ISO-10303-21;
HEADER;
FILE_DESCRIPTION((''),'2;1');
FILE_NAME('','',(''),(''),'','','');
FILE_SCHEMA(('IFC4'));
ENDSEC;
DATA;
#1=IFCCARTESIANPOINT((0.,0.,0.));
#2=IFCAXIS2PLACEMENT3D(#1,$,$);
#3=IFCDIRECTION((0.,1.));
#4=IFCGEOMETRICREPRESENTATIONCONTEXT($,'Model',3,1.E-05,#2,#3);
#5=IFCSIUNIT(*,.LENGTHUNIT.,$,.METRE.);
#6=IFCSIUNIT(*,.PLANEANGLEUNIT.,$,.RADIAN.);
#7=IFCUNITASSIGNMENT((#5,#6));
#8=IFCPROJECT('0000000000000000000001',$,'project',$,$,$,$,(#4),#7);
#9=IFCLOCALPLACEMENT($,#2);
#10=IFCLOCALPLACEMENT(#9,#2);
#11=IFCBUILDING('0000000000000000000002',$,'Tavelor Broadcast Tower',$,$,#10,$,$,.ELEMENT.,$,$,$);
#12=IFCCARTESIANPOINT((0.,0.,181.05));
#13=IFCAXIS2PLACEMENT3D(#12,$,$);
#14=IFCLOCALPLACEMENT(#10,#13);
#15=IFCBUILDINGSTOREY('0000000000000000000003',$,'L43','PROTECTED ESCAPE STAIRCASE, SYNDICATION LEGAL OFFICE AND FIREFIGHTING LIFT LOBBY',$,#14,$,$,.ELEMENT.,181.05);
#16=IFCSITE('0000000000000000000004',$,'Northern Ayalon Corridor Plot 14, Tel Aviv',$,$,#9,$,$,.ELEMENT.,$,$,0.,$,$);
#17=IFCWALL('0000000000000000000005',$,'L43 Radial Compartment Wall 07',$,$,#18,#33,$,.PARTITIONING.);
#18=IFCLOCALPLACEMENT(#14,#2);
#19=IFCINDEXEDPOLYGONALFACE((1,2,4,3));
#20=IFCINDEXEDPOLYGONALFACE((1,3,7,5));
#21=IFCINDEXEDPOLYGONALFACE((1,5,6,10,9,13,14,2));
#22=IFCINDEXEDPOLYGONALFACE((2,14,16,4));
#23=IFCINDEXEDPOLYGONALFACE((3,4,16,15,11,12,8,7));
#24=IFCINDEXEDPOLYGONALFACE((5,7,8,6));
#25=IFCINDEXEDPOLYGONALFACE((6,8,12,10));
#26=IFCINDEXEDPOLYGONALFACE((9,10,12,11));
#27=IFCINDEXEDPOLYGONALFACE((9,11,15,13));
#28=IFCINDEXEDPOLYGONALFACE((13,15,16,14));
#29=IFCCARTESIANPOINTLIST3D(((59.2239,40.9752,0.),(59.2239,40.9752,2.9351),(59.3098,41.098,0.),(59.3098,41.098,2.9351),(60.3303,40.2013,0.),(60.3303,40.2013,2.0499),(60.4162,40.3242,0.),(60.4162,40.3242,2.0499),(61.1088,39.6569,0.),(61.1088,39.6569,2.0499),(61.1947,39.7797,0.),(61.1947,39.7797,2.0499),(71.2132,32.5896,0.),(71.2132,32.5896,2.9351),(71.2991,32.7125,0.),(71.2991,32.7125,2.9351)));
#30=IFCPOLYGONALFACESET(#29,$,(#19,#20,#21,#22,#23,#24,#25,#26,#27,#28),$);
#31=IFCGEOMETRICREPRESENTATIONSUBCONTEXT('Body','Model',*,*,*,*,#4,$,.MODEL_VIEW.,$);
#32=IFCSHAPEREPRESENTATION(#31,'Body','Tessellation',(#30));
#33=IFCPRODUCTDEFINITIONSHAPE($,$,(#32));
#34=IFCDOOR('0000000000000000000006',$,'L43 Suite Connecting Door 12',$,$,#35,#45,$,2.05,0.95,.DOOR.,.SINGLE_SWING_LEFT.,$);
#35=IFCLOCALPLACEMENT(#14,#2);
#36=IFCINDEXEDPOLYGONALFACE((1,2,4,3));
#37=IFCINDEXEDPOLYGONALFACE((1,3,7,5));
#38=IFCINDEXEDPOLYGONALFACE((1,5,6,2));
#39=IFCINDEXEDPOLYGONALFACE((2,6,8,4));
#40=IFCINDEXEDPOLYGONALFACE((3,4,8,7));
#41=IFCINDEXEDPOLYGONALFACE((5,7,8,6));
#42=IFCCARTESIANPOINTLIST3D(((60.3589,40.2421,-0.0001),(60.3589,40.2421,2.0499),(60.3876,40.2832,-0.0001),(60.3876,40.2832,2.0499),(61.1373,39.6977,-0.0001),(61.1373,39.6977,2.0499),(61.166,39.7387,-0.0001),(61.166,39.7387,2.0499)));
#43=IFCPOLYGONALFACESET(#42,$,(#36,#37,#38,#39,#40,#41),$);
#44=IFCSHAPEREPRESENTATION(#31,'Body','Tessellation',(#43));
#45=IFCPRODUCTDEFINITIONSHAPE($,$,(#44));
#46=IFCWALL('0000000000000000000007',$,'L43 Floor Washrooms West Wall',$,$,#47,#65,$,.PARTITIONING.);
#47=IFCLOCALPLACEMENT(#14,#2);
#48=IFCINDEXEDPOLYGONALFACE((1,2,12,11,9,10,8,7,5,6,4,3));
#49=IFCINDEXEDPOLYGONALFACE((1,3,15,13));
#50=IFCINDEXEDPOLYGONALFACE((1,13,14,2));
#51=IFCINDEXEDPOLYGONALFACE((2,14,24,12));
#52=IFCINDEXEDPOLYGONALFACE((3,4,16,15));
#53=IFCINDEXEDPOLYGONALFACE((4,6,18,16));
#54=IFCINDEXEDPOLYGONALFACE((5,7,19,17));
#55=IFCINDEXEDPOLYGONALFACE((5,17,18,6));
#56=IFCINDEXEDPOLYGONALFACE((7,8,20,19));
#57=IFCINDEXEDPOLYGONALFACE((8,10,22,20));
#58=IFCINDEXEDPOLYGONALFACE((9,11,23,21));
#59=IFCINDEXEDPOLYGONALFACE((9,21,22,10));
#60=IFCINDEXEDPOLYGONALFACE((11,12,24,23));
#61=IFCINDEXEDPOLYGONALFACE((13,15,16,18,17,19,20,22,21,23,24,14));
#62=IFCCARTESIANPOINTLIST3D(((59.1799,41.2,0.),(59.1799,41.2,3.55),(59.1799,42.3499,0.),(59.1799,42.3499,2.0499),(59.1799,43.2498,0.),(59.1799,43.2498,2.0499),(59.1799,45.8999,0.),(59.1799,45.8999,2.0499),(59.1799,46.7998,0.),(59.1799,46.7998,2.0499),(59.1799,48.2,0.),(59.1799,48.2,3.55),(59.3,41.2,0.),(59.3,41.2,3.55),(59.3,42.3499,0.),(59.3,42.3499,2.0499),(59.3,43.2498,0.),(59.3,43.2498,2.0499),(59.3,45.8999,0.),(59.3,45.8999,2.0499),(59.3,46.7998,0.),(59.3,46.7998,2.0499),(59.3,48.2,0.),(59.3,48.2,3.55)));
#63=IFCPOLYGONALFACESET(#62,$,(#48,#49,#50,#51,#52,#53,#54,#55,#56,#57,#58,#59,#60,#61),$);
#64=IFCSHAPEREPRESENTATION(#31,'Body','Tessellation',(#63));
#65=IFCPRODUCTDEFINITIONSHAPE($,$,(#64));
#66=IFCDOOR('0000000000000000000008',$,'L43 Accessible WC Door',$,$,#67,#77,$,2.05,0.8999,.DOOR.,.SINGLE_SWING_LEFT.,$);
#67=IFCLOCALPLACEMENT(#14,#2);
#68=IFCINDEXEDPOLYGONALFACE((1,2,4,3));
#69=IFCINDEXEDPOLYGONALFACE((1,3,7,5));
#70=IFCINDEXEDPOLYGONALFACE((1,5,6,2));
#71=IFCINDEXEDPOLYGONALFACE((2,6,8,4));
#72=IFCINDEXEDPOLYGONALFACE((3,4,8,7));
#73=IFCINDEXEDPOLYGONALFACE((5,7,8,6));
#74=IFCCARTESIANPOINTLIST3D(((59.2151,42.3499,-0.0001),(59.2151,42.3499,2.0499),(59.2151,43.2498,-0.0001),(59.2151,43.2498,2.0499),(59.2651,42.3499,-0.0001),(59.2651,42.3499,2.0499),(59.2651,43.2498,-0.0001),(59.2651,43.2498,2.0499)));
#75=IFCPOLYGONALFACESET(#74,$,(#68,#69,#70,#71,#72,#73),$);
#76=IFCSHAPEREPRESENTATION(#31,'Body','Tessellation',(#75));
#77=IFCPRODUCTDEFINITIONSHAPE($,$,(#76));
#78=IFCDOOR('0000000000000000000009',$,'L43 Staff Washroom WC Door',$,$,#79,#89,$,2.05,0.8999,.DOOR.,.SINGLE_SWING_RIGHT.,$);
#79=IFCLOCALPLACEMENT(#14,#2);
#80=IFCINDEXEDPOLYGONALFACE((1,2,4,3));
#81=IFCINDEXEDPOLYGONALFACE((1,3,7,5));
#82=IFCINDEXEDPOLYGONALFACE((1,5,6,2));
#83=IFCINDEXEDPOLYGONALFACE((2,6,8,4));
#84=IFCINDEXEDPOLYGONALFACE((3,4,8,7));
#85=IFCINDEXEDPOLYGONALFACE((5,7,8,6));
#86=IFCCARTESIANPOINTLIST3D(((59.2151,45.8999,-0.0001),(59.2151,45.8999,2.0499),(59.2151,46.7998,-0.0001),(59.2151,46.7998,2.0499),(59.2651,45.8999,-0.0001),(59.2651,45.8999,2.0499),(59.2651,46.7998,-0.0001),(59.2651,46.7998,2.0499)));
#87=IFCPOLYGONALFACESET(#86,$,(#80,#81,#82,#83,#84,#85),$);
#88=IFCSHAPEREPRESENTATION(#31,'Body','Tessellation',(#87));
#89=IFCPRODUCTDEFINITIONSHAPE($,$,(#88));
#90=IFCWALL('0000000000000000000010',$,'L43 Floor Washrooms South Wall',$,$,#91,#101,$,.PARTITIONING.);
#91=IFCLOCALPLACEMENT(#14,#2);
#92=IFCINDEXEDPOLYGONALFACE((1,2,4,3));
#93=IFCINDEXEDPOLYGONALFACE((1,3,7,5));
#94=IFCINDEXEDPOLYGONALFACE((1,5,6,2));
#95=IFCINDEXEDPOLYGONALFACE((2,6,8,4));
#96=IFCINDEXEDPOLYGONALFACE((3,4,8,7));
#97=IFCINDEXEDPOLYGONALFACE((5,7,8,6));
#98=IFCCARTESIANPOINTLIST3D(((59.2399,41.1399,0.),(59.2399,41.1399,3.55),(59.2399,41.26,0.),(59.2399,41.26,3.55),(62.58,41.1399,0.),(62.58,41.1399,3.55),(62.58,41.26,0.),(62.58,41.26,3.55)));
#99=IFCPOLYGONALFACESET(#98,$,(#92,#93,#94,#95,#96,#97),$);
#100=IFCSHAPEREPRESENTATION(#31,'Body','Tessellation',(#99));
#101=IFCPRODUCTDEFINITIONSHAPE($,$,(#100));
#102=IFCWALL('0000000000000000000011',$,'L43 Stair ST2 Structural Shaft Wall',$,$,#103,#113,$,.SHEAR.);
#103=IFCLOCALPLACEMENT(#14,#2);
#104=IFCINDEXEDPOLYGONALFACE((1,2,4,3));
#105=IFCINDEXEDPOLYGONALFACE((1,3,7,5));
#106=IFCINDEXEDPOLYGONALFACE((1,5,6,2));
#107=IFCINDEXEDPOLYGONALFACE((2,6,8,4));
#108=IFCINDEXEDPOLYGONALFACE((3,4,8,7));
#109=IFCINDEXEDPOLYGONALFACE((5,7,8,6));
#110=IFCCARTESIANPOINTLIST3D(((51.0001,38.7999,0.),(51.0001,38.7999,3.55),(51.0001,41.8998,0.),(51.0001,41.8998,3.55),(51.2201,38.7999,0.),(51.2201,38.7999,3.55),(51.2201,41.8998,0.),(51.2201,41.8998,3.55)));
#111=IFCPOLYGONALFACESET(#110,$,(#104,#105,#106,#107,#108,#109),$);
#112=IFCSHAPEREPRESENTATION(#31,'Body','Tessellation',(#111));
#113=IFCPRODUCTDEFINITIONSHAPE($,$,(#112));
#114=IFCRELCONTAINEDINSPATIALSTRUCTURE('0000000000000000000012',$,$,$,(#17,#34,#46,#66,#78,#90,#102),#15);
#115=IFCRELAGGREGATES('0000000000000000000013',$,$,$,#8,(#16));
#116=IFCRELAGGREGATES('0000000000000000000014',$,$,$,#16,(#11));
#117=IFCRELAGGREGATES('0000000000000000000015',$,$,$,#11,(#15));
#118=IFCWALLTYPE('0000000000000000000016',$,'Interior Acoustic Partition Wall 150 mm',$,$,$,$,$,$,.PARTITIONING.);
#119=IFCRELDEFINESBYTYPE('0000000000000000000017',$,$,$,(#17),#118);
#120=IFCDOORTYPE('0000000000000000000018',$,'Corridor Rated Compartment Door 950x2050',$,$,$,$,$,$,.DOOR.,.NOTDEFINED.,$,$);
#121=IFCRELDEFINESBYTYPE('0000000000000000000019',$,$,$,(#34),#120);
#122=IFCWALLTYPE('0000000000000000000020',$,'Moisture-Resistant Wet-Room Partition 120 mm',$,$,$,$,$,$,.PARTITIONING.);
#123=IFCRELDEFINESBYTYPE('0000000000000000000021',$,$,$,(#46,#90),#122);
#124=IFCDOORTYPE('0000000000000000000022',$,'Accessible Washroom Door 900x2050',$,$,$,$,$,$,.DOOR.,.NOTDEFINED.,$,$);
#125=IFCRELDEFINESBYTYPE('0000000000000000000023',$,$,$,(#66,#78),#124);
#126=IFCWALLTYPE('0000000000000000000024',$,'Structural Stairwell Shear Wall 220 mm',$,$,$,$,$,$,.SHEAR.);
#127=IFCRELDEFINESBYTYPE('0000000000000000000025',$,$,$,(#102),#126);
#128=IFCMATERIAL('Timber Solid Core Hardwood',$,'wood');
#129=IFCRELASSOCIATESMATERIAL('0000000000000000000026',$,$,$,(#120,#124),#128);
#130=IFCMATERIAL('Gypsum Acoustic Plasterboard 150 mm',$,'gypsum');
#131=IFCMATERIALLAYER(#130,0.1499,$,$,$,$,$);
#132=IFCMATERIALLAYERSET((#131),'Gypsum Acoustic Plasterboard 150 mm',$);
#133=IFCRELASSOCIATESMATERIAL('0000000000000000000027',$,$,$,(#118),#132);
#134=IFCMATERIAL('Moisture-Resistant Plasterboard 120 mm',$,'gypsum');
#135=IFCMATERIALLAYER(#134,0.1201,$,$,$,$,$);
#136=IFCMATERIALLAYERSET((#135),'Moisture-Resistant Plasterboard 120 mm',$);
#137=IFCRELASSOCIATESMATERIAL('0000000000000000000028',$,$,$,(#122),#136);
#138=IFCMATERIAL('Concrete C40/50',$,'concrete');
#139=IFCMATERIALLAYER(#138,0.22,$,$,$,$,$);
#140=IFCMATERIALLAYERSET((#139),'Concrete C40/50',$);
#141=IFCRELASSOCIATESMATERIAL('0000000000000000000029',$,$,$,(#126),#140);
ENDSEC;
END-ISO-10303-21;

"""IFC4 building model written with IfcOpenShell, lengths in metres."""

from ifc_helpers import new_model, si_unit, direction, frame, frame_2d, origin, place, context, subcontext, project, spatial, rectangle, extrude, material, layer, layer_set, type_object, element, fill, save


model = new_model("IFC4")

# Units and contexts
model_context = context("Model", 3, precision=1e-05, world=origin(), true_north=direction((0.0, 1.0)))
body_context = subcontext(model_context, "Body", "Model", "MODEL_VIEW")
ifc_project = project(units=[si_unit("LENGTHUNIT", "METRE"), si_unit("PLANEANGLEUNIT", "RADIAN")], contexts=[model_context])

# Site, building, storey
site_placement = place(None, origin())
site = spatial("IfcSite", under=ifc_project, at=site_placement, Name="Northern Ayalon Corridor Plot 14, Tel Aviv", CompositionType="ELEMENT", RefElevation=0.0)
building_placement = place(site_placement, origin())
building = spatial("IfcBuilding", under=site, at=building_placement, Name="Tavelor Broadcast Tower", CompositionType="ELEMENT")
storey_placement = place(building_placement, frame((0.0, 0.0, 181.05)))
storey = spatial("IfcBuildingStorey", under=building, at=storey_placement, Name="L43", Description="PROTECTED ESCAPE STAIRCASE, SYNDICATION LEGAL OFFICE AND FIREFIGHTING LIFT LOBBY", CompositionType="ELEMENT", Elevation=181.05)

# Shared definitions
ifc_material_1 = material(Name="Concrete C40/50", Category="concrete")

# Wall, opening, door
ifc_material_2 = material(Name="Timber Solid Core Hardwood", Category="wood")
door_type_1 = type_object("IfcDoorType", Name="Corridor Rated Compartment Door 950x2050", OperationType="NOTDEFINED", PredefinedType="DOOR", material=ifc_material_2)
ifc_material_3 = material(Name="Gypsum Acoustic Plasterboard 150 mm", Category="gypsum")
ifc_layer_1 = layer(ifc_material_3, 0.1499)
ifc_layer_set_1 = layer_set([ifc_layer_1], Name="Gypsum Acoustic Plasterboard 150 mm")
wall_type_1 = type_object("IfcWallType", Name="Interior Acoustic Partition Wall 150 mm", PredefinedType="PARTITIONING", material=ifc_layer_set_1)
wall_1_placement = place(storey_placement, frame((59.2668, 41.0366, 0.0), z_axis=(0.0, 0.0, 1.0), x_axis=(0.819456, -0.573142, 0.0)))
wall_1 = element("IfcWall", 1, at=wall_1_placement, inside=storey, type_object=wall_type_1, Name="L43 Radial Compartment Wall 07", PredefinedType="PARTITIONING", context=body_context, shape_type="SweptSolid", body=[
    extrude(rectangle(XDim=14.6309, YDim=0.1499, at=frame_2d((7.3154, 0.0))), origin(), (0.0, 0.0, 1.0), 2.9351),
])
opening_1_placement = place(wall_1_placement, frame((1.3501, 0.0, 0.0)))
opening_1 = element("IfcOpeningElement", 2, at=opening_1_placement, cuts=wall_1, PredefinedType="OPENING", context=body_context, shape_type="SweptSolid", body=[
    extrude(rectangle(XDim=0.95, YDim=2.05, at=frame_2d((0.4751, 1.0249))), frame((0.0, 0.085, 0.0), z_axis=(0.0, -1.0, 0.0), x_axis=(1.0, 0.0, 0.0)), (0.0, 0.0, 1.0), 0.1699),
])
door_1_placement = place(opening_1_placement, origin())
door_1 = element("IfcDoor", 3, at=door_1_placement, inside=storey, type_object=door_type_1, Name="L43 Suite Connecting Door 12", OperationType="SINGLE_SWING_LEFT", OverallHeight=2.05, OverallWidth=0.95, PredefinedType="DOOR", context=body_context, shape_type="SweptSolid", body=[
    extrude(rectangle(XDim=0.95, YDim=2.05, at=frame_2d((0.4751, 1.0249))), frame((0.0, 0.0249, 0.0), z_axis=(0.0, -1.0, 0.0), x_axis=(1.0, 0.0, 0.0)), (0.0, 0.0, 1.0), 0.05),
])
fill(opening_1, door_1)

# Wall, openings, doors
ifc_material_4 = material(Name="Moisture-Resistant Plasterboard 120 mm", Category="gypsum")
ifc_layer_2 = layer(ifc_material_4, 0.1201)
ifc_layer_set_2 = layer_set([ifc_layer_2], Name="Moisture-Resistant Plasterboard 120 mm")
wall_type_2 = type_object("IfcWallType", Name="Moisture-Resistant Wet-Room Partition 120 mm", PredefinedType="PARTITIONING", material=ifc_layer_set_2)
wall_2_placement = place(storey_placement, frame((59.24, 41.2, 0.0), z_axis=(0.0, 0.0, 1.0), x_axis=(0.0, 1.0, 0.0)))
wall_2 = element("IfcWall", 4, at=wall_2_placement, inside=storey, type_object=wall_type_2, Name="L43 Floor Washrooms West Wall", PredefinedType="PARTITIONING", context=body_context, shape_type="SweptSolid", body=[
    extrude(rectangle(XDim=7.0, YDim=0.1201, at=frame_2d((3.5, 0.0))), origin(), (0.0, 0.0, 1.0), 3.55),
])
opening_2_placement = place(wall_2_placement, frame((1.1499, 0.0, 0.0)))
opening_2 = element("IfcOpeningElement", 5, at=opening_2_placement, cuts=wall_2, PredefinedType="OPENING", context=body_context, shape_type="SweptSolid", body=[
    extrude(rectangle(XDim=0.8999, YDim=2.05, at=frame_2d((0.45, 1.0249))), frame((0.0, 0.0701, 0.0), z_axis=(0.0, -1.0, 0.0), x_axis=(1.0, 0.0, 0.0)), (0.0, 0.0, 1.0), 0.1401),
])
opening_3_placement = place(wall_2_placement, frame((4.7, 0.0, 0.0)))
opening_3 = element("IfcOpeningElement", 6, at=opening_3_placement, cuts=wall_2, PredefinedType="OPENING", context=body_context, shape_type="SweptSolid", body=[
    extrude(rectangle(XDim=0.8999, YDim=2.05, at=frame_2d((0.45, 1.0249))), frame((0.0, 0.0701, 0.0), z_axis=(0.0, -1.0, 0.0), x_axis=(1.0, 0.0, 0.0)), (0.0, 0.0, 1.0), 0.1401),
])
door_type_2 = type_object("IfcDoorType", Name="Accessible Washroom Door 900x2050", OperationType="NOTDEFINED", PredefinedType="DOOR", material=ifc_material_2)
door_2_placement = place(opening_2_placement, origin())
door_2 = element("IfcDoor", 7, at=door_2_placement, inside=storey, type_object=door_type_2, Name="L43 Accessible WC Door", OperationType="SINGLE_SWING_LEFT", OverallHeight=2.05, OverallWidth=0.8999, PredefinedType="DOOR", context=body_context, shape_type="SweptSolid", body=[
    extrude(rectangle(XDim=0.8999, YDim=2.05, at=frame_2d((0.45, 1.0249))), frame((0.0, 0.0249, 0.0), z_axis=(0.0, -1.0, 0.0), x_axis=(1.0, 0.0, 0.0)), (0.0, 0.0, 1.0), 0.05),
])
fill(opening_2, door_2)
door_3_placement = place(opening_3_placement, origin())
door_3 = element("IfcDoor", 8, at=door_3_placement, inside=storey, type_object=door_type_2, Name="L43 Staff Washroom WC Door", OperationType="SINGLE_SWING_RIGHT", OverallHeight=2.05, OverallWidth=0.8999, PredefinedType="DOOR", context=body_context, shape_type="SweptSolid", body=[
    extrude(rectangle(XDim=0.8999, YDim=2.05, at=frame_2d((0.45, 1.0249))), frame((0.0, 0.0249, 0.0), z_axis=(0.0, -1.0, 0.0), x_axis=(1.0, 0.0, 0.0)), (0.0, 0.0, 1.0), 0.05),
])
fill(opening_3, door_3)

# Walls
wall_3_placement = place(storey_placement, frame((59.24, 41.2, 0.0), z_axis=(0.0, 0.0, 1.0), x_axis=(1.0, 0.0, 0.0)))
element("IfcWall", 9, at=wall_3_placement, inside=storey, type_object=wall_type_2, Name="L43 Floor Washrooms South Wall", PredefinedType="PARTITIONING", context=body_context, shape_type="SweptSolid", body=[
    extrude(rectangle(XDim=3.3401, YDim=0.1201, at=frame_2d((1.6699, 0.0))), origin(), (0.0, 0.0, 1.0), 3.55),
])
ifc_layer_3 = layer(ifc_material_1, 0.22)
ifc_layer_set_3 = layer_set([ifc_layer_3], Name="Concrete C40/50")
wall_type_3 = type_object("IfcWallType", Name="Structural Stairwell Shear Wall 220 mm", PredefinedType="SHEAR", material=ifc_layer_set_3)
wall_4_placement = place(storey_placement, frame((51.1101, 38.8, 0.0), z_axis=(0.0, 0.0, 1.0), x_axis=(0.0, 1.0, 0.0)))
element("IfcWall", 10, at=wall_4_placement, inside=storey, type_object=wall_type_3, Name="L43 Stair ST2 Structural Shaft Wall", PredefinedType="SHEAR", context=body_context, shape_type="SweptSolid", body=[
    extrude(rectangle(XDim=3.0999, YDim=0.22, at=frame_2d((1.5498, 0.0))), origin(), (0.0, 0.0, 1.0), 3.55),
])

save(model, "model.ifc")
